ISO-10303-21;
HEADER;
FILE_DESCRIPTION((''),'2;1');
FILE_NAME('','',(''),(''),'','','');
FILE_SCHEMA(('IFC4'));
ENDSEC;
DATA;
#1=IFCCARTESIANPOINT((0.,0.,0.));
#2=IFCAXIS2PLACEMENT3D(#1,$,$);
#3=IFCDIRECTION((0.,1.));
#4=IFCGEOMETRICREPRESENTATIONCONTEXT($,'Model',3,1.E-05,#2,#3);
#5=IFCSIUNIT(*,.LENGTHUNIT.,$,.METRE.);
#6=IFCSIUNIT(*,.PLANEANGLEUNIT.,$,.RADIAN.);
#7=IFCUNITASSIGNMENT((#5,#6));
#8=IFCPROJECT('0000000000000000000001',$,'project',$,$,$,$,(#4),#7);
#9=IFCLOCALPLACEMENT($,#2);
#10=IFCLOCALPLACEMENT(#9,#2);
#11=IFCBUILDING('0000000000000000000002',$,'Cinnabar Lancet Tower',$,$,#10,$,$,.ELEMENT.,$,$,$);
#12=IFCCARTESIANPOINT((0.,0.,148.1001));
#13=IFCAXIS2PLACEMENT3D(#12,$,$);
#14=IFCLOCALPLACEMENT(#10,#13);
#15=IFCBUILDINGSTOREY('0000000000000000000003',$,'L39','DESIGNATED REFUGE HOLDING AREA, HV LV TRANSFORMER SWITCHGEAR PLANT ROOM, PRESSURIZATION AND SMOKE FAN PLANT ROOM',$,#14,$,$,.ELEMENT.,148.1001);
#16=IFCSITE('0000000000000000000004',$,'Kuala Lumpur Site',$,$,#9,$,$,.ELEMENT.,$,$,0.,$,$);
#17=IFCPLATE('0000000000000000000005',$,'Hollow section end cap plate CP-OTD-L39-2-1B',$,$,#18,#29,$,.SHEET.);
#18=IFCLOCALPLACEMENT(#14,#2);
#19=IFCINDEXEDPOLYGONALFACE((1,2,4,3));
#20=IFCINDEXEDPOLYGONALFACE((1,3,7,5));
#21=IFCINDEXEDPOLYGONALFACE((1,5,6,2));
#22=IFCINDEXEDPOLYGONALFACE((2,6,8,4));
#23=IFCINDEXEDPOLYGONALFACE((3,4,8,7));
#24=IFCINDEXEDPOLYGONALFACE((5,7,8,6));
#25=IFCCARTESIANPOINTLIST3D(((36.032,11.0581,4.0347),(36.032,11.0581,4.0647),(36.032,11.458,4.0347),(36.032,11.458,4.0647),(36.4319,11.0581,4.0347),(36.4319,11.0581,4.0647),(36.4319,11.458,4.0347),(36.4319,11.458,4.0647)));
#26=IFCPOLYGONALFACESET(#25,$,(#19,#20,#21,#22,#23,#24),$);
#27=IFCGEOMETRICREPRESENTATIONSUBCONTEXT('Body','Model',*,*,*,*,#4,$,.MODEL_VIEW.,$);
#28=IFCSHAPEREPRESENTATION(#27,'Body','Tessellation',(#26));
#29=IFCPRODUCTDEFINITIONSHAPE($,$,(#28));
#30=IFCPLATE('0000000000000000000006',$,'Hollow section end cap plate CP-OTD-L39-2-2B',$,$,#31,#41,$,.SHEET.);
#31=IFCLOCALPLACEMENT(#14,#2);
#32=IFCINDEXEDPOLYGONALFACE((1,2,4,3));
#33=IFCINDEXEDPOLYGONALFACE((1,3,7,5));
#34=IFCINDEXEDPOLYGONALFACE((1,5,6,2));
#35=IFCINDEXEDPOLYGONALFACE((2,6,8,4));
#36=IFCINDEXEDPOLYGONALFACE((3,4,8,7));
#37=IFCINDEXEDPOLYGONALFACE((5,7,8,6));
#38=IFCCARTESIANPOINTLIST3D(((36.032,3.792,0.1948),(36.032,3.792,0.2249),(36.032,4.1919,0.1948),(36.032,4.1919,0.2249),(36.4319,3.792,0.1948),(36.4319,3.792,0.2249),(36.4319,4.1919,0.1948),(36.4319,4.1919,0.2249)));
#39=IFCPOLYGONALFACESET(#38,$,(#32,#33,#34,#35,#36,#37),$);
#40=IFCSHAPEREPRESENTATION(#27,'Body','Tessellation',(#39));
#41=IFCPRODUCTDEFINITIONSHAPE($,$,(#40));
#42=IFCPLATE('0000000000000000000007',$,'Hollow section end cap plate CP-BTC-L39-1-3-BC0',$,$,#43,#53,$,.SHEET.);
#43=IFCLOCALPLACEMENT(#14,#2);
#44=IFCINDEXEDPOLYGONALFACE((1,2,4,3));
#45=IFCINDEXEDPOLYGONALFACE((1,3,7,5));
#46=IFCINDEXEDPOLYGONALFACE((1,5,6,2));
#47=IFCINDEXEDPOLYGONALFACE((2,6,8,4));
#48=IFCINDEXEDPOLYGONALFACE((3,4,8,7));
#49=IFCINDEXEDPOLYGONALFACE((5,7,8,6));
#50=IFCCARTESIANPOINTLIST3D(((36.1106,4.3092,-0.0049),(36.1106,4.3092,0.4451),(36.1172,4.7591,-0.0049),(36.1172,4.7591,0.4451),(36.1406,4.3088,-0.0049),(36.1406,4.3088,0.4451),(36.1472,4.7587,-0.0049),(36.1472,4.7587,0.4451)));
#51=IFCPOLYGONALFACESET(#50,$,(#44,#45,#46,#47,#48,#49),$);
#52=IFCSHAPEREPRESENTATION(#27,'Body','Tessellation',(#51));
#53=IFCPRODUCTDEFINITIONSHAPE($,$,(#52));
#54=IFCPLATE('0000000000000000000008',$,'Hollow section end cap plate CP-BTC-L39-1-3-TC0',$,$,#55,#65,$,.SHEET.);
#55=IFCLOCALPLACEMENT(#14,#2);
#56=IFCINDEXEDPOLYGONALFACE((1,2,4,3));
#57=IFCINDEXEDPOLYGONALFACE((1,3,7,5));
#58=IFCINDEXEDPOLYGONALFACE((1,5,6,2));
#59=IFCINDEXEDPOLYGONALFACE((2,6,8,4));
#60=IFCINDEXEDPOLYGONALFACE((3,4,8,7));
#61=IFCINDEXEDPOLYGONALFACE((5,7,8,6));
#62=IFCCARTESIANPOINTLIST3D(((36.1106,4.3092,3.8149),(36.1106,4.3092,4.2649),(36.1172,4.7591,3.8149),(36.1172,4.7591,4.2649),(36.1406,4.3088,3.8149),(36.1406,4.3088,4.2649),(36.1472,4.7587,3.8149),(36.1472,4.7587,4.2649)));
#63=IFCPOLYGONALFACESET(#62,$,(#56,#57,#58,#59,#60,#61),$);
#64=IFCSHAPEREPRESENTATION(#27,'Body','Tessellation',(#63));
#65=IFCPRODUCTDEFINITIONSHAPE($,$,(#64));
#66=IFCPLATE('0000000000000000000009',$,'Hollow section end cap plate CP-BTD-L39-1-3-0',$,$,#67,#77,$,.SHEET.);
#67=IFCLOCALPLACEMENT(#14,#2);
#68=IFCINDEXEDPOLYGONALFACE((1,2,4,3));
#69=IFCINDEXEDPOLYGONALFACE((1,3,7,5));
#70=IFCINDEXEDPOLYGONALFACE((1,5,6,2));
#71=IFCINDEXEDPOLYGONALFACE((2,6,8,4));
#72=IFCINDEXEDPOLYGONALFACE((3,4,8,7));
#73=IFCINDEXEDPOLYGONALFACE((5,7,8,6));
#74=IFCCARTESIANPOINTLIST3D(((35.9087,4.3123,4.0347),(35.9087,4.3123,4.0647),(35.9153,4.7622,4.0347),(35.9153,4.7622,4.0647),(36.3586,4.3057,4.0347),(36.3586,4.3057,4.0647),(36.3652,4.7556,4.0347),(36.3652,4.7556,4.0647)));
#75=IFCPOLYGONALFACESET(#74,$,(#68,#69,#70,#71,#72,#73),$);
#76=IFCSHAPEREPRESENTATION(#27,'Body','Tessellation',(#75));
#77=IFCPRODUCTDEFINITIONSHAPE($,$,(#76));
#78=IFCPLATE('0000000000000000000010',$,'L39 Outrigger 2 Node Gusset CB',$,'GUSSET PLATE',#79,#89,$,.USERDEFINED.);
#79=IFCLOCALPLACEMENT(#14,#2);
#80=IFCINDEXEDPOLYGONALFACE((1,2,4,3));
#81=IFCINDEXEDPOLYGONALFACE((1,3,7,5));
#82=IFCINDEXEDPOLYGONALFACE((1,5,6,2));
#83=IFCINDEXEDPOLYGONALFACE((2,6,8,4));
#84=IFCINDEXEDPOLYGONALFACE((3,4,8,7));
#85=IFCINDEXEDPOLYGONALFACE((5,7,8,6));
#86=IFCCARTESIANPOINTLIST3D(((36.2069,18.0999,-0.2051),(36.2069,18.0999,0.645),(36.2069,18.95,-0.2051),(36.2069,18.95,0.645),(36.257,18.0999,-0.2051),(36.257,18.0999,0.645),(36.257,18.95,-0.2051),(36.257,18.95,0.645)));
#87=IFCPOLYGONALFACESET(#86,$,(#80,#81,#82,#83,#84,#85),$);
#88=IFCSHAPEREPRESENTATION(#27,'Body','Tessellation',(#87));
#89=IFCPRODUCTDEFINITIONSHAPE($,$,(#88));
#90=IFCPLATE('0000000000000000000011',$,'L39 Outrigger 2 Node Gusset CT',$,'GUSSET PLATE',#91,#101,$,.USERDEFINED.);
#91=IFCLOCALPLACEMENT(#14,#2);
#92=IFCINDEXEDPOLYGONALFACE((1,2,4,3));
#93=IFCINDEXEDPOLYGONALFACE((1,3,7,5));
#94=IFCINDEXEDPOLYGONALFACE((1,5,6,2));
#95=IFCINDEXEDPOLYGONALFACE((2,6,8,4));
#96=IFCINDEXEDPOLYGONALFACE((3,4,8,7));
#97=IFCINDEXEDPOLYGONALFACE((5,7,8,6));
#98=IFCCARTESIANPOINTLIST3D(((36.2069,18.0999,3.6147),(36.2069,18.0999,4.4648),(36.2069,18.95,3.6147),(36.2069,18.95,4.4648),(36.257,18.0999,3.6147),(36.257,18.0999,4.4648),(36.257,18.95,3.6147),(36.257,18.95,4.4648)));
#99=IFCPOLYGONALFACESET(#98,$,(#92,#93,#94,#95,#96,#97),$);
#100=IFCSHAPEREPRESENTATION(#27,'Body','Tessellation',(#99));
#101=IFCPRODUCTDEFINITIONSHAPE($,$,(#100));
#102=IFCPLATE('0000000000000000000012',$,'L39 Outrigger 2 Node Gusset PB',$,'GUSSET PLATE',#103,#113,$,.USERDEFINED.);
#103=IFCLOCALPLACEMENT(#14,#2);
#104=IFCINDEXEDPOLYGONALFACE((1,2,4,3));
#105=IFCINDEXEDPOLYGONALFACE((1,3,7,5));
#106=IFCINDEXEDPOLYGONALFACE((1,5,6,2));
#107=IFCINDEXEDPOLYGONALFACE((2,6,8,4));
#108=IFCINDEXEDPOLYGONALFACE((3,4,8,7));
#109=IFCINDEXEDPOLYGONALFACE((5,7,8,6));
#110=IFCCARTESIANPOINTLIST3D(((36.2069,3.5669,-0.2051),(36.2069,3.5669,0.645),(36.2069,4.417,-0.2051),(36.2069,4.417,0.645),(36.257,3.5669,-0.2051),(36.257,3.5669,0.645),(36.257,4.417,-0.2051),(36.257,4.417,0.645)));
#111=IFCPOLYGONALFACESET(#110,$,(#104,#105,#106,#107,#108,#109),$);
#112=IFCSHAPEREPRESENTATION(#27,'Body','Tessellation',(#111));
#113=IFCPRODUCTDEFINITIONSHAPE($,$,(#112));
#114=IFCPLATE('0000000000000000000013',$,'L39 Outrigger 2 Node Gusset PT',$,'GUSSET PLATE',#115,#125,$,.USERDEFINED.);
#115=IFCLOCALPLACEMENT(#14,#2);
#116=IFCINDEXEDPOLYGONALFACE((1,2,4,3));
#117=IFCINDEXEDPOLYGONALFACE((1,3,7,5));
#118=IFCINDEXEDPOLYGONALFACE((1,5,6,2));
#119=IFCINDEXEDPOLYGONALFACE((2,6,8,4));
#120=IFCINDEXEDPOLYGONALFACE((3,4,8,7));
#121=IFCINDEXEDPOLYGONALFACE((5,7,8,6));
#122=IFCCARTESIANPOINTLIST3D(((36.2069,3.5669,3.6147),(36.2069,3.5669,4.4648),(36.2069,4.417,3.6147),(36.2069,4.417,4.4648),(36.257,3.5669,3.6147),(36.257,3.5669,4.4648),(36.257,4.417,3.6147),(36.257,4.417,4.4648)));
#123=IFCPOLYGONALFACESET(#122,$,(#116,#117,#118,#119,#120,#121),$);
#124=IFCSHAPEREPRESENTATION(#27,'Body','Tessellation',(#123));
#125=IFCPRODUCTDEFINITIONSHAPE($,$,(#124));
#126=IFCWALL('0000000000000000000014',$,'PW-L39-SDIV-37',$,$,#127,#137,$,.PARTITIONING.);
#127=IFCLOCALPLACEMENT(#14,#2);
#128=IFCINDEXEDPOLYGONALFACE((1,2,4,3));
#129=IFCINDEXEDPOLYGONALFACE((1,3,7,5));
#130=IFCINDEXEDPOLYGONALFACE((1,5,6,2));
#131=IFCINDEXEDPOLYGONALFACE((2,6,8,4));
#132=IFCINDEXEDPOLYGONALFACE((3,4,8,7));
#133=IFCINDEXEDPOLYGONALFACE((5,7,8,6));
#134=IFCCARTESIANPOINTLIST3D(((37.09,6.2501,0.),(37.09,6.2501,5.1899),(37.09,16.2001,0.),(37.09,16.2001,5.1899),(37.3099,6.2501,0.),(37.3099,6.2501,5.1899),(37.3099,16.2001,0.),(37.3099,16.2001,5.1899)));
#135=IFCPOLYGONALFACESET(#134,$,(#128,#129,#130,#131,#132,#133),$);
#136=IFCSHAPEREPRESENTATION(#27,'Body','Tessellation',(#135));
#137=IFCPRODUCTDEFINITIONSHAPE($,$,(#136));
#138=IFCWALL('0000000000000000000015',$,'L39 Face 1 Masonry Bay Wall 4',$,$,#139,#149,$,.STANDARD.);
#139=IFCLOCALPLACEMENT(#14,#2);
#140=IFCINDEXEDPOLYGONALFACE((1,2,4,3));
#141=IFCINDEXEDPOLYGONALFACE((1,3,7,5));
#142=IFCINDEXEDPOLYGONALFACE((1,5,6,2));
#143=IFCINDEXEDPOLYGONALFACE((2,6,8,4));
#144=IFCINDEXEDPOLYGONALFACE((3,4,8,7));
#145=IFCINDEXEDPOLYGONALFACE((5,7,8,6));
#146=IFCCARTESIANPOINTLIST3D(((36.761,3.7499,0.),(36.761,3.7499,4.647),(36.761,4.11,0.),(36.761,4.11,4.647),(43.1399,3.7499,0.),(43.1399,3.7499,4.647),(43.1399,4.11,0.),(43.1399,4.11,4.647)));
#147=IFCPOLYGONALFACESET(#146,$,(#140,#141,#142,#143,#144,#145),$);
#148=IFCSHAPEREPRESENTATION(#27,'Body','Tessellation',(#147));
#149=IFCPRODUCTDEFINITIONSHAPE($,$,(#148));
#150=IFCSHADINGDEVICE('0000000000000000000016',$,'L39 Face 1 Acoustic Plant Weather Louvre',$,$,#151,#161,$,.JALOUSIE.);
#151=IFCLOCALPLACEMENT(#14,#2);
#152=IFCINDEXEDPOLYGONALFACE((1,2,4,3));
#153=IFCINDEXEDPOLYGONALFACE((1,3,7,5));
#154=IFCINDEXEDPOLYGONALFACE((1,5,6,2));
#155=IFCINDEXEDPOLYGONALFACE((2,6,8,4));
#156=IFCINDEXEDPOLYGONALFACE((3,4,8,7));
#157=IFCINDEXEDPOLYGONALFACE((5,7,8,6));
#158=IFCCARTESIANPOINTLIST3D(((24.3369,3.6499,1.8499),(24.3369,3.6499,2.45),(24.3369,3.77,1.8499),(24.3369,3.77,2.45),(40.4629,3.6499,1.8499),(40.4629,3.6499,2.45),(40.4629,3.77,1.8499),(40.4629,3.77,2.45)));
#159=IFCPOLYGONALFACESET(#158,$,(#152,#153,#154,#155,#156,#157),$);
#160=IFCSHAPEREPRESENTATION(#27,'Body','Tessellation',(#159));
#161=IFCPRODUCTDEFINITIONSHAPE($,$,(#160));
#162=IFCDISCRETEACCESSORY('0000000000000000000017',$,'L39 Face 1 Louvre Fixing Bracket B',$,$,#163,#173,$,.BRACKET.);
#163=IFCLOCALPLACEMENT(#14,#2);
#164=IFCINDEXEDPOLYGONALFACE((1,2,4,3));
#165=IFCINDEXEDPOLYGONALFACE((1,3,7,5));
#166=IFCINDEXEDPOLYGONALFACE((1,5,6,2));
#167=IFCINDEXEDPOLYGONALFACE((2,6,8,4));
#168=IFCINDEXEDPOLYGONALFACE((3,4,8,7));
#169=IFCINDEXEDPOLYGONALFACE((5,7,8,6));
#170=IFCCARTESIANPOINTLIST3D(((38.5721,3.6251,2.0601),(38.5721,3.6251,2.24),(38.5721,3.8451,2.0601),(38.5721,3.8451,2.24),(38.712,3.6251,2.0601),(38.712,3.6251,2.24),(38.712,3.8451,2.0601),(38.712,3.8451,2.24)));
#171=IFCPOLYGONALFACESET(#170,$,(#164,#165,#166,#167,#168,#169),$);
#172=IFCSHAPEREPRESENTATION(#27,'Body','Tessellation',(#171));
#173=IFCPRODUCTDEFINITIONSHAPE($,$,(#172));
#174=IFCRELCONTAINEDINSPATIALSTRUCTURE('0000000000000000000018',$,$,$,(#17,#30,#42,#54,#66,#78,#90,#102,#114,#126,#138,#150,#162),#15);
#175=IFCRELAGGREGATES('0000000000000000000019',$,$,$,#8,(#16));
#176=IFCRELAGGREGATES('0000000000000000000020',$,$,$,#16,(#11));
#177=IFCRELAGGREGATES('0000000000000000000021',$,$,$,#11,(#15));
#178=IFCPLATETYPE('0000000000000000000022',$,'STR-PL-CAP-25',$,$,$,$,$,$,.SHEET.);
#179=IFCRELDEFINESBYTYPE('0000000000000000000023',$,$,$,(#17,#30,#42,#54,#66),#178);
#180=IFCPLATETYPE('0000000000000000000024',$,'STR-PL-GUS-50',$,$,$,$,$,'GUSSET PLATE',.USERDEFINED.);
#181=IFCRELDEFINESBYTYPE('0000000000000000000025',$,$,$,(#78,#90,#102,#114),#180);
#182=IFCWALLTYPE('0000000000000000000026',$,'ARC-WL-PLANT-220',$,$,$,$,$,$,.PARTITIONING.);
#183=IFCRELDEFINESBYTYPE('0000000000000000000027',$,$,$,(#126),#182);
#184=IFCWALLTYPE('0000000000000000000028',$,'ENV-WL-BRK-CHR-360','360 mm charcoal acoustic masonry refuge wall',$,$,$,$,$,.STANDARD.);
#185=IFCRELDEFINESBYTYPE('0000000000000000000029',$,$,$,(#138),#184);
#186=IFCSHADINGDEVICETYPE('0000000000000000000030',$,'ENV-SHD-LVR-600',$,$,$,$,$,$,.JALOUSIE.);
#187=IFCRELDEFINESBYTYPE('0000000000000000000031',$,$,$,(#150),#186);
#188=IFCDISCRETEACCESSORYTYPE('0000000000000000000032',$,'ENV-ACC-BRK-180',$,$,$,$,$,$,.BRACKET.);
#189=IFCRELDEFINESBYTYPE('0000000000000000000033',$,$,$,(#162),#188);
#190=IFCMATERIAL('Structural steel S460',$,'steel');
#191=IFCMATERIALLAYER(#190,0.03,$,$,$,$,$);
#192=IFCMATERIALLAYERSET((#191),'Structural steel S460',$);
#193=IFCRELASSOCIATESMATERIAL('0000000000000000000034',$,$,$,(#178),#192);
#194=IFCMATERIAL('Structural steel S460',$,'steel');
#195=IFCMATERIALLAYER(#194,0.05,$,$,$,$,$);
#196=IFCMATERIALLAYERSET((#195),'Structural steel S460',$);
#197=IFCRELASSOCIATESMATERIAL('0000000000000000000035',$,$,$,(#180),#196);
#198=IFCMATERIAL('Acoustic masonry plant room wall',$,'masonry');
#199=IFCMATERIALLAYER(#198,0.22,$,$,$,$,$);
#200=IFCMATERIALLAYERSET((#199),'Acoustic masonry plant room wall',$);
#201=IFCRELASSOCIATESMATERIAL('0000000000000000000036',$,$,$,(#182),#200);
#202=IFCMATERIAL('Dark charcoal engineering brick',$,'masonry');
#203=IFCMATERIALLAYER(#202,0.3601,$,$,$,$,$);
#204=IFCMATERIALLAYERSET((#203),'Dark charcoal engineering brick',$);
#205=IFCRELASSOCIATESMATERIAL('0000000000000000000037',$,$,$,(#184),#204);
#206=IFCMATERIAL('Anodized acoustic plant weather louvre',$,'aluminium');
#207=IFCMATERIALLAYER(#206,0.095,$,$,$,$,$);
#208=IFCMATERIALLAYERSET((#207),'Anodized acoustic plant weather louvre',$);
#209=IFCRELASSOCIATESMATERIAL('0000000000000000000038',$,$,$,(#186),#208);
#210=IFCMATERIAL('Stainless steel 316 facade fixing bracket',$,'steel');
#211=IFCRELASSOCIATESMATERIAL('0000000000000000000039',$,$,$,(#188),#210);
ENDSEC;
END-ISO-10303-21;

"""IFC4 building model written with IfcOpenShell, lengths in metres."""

from ifc_helpers import new_model, si_unit, direction, frame, frame_2d, origin, origin_2d, place, context, subcontext, project, spatial, rectangle, extrude, material, layer, layer_set, type_object, element, save


model = new_model("IFC4")

# Units and contexts
model_context = context("Model", 3, precision=1e-05, world=origin(), true_north=direction((0.0, 1.0)))
body_context = subcontext(model_context, "Body", "Model", "MODEL_VIEW")
ifc_project = project(units=[si_unit("LENGTHUNIT", "METRE"), si_unit("PLANEANGLEUNIT", "RADIAN")], contexts=[model_context])

# Site, building, storey
site_placement = place(None, origin())
site = spatial("IfcSite", under=ifc_project, at=site_placement, Name="Kuala Lumpur Site", CompositionType="ELEMENT", RefElevation=0.0)
building_placement = place(site_placement, origin())
building = spatial("IfcBuilding", under=site, at=building_placement, Name="Cinnabar Lancet Tower", CompositionType="ELEMENT")
storey_placement = place(building_placement, frame((0.0, 0.0, 148.1001)))
storey = spatial("IfcBuildingStorey", under=building, at=storey_placement, Name="L39", Description="DESIGNATED REFUGE HOLDING AREA, HV LV TRANSFORMER SWITCHGEAR PLANT ROOM, PRESSURIZATION AND SMOKE FAN PLANT ROOM", CompositionType="ELEMENT", Elevation=148.1001)

# Plates
ifc_material_1 = material(Name="Structural steel S460", Category="steel")
ifc_layer_1 = layer(ifc_material_1, 0.03)
ifc_layer_set_1 = layer_set([ifc_layer_1], Name="Structural steel S460")
plate_type_1 = type_object("IfcPlateType", Name="STR-PL-CAP-25", PredefinedType="SHEET", material=ifc_layer_set_1)
for number, where, z_axis, x_axis, name in (
    (1, (36.2319, 11.2581, 4.0347), (0.0, 0.0, 1.0), (0.0, -1.0, 0.0), "Hollow section end cap plate CP-OTD-L39-2-1B"),
    (2, (36.2319, 3.9919, 0.1948), (0.0, 0.0, 1.0), (0.0, -1.0, 0.0), "Hollow section end cap plate CP-OTD-L39-2-2B"),
):
    element("IfcPlate", number, at=place(storey_placement, frame(where, z_axis=z_axis, x_axis=x_axis)), inside=storey, type_object=plate_type_1, Name=name, PredefinedType="SHEET", context=body_context, shape_type="SweptSolid", body=[
        extrude(rectangle(XDim=0.3999, YDim=0.3999, at=origin_2d()), origin(), (0.0, 0.0, 1.0), 0.03),
    ])
for number, where, z_axis, x_axis, name in (
    (3, (36.1289, 4.5339, -0.0049), (0.0, 0.0, 1.0), (-0.999894, 0.014556, 0.0), "Hollow section end cap plate CP-BTC-L39-1-3-BC0"),
    (4, (36.1289, 4.5339, 3.8149), (0.0, 0.0, 1.0), (-0.999894, 0.014556, 0.0), "Hollow section end cap plate CP-BTC-L39-1-3-TC0"),
):
    element("IfcPlate", number, at=place(storey_placement, frame(where, z_axis=z_axis, x_axis=x_axis)), inside=storey, type_object=plate_type_1, Name=name, PredefinedType="SHEET", context=body_context, shape_type="SweptSolid", body=[
        extrude(rectangle(XDim=0.03, YDim=0.45, at=origin_2d()), origin(), (0.0, 0.0, 1.0), 0.45),
    ])
plate_placement = place(storey_placement, frame((36.137, 4.5339, 4.0347), z_axis=(0.0, 0.0, 1.0), x_axis=(-0.999894, 0.014556, 0.0)))
element("IfcPlate", 5, at=plate_placement, inside=storey, type_object=plate_type_1, Name="Hollow section end cap plate CP-BTD-L39-1-3-0", PredefinedType="SHEET", context=body_context, shape_type="SweptSolid", body=[
    extrude(rectangle(XDim=0.45, YDim=0.45, at=origin_2d()), origin(), (0.0, 0.0, 1.0), 0.03),
])
ifc_material_2 = material(Name="Structural steel S460", Category="steel")
ifc_layer_2 = layer(ifc_material_2, 0.05)
ifc_layer_set_2 = layer_set([ifc_layer_2], Name="Structural steel S460")
plate_type_2 = type_object("IfcPlateType", Name="STR-PL-GUS-50", ElementType="GUSSET PLATE", PredefinedType="USERDEFINED", material=ifc_layer_set_2)
for number, where, z_axis, x_axis, name in (
    (6, (36.2319, 18.5249, -0.2051), (0.0, 0.0, 1.0), (1.0, 0.0, 0.0), "L39 Outrigger 2 Node Gusset CB"),
    (7, (36.2319, 18.5249, 3.6147), (0.0, 0.0, 1.0), (1.0, 0.0, 0.0), "L39 Outrigger 2 Node Gusset CT"),
    (8, (36.2319, 3.9919, -0.2051), (0.0, 0.0, 1.0), (1.0, 0.0, 0.0), "L39 Outrigger 2 Node Gusset PB"),
    (9, (36.2319, 3.9919, 3.6147), (0.0, 0.0, 1.0), (1.0, 0.0, 0.0), "L39 Outrigger 2 Node Gusset PT"),
):
    element("IfcPlate", number, at=place(storey_placement, frame(where, z_axis=z_axis, x_axis=x_axis)), inside=storey, type_object=plate_type_2, Name=name, ObjectType="GUSSET PLATE", PredefinedType="USERDEFINED", context=body_context, shape_type="SweptSolid", body=[
        extrude(rectangle(XDim=0.05, YDim=0.8501, at=origin_2d()), origin(), (0.0, 0.0, 1.0), 0.8501),
    ])

# Walls
ifc_material_3 = material(Name="Acoustic masonry plant room wall", Category="masonry")
ifc_layer_3 = layer(ifc_material_3, 0.22)
ifc_layer_set_3 = layer_set([ifc_layer_3], Name="Acoustic masonry plant room wall")
wall_type_1 = type_object("IfcWallType", Name="ARC-WL-PLANT-220", PredefinedType="PARTITIONING", material=ifc_layer_set_3)
wall_1_placement = place(storey_placement, frame((37.2, 6.25, 0.0), z_axis=(0.0, 0.0, 1.0), x_axis=(0.0, 1.0, 0.0)))
element("IfcWall", 10, at=wall_1_placement, inside=storey, type_object=wall_type_1, Name="PW-L39-SDIV-37", PredefinedType="PARTITIONING", context=body_context, shape_type="SweptSolid", body=[
    extrude(rectangle(XDim=9.95, YDim=0.22, at=frame_2d((4.9751, 0.0))), origin(), (0.0, 0.0, 1.0), 5.1899),
])
ifc_material_4 = material(Name="Dark charcoal engineering brick", Category="masonry")
ifc_layer_4 = layer(ifc_material_4, 0.3601)
ifc_layer_set_4 = layer_set([ifc_layer_4], Name="Dark charcoal engineering brick")
wall_type_2 = type_object("IfcWallType", Name="ENV-WL-BRK-CHR-360", Description="360 mm charcoal acoustic masonry refuge wall", PredefinedType="STANDARD", material=ifc_layer_set_4)
wall_2_placement = place(storey_placement, frame((36.761, 3.9299, 0.0), z_axis=(0.0, 0.0, 1.0), x_axis=(1.0, 0.0, 0.0)))
element("IfcWall", 11, at=wall_2_placement, inside=storey, type_object=wall_type_2, Name="L39 Face 1 Masonry Bay Wall 4", PredefinedType="STANDARD", context=body_context, shape_type="SweptSolid", body=[
    extrude(rectangle(XDim=6.3789, YDim=0.3601, at=frame_2d((3.1895, 0.0))), origin(), (0.0, 0.0, 1.0), 4.647),
])

# Shading device
ifc_material_5 = material(Name="Anodized acoustic plant weather louvre", Category="aluminium")
ifc_layer_5 = layer(ifc_material_5, 0.095)
ifc_layer_set_5 = layer_set([ifc_layer_5], Name="Anodized acoustic plant weather louvre")
shading_device_type = type_object("IfcShadingDeviceType", Name="ENV-SHD-LVR-600", PredefinedType="JALOUSIE", material=ifc_layer_set_5)
shading_device_placement = place(storey_placement, frame((32.3999, 3.71, 1.8499), z_axis=(0.0, 0.0, 1.0), x_axis=(1.0, 0.0, 0.0)))
element("IfcShadingDevice", 12, at=shading_device_placement, inside=storey, type_object=shading_device_type, Name="L39 Face 1 Acoustic Plant Weather Louvre", PredefinedType="JALOUSIE", context=body_context, shape_type="SweptSolid", body=[
    extrude(rectangle(XDim=16.126, YDim=0.1201, at=origin_2d()), origin(), (0.0, 0.0, 1.0), 0.6001),
])

# Discrete accessory
ifc_material_6 = material(Name="Stainless steel 316 facade fixing bracket", Category="steel")
discrete_accessory_type = type_object("IfcDiscreteAccessoryType", Name="ENV-ACC-BRK-180", PredefinedType="BRACKET", material=ifc_material_6)
discrete_accessory_placement = place(storey_placement, frame((38.6421, 3.7351, 2.0601), z_axis=(0.0, 0.0, 1.0), x_axis=(1.0, 0.0, 0.0)))
element("IfcDiscreteAccessory", 13, at=discrete_accessory_placement, inside=storey, type_object=discrete_accessory_type, Name="L39 Face 1 Louvre Fixing Bracket B", PredefinedType="BRACKET", context=body_context, shape_type="SweptSolid", body=[
    extrude(rectangle(XDim=0.1399, YDim=0.22, at=origin_2d()), origin(), (0.0, 0.0, 1.0), 0.1799),
])

save(model, "model.ifc")
